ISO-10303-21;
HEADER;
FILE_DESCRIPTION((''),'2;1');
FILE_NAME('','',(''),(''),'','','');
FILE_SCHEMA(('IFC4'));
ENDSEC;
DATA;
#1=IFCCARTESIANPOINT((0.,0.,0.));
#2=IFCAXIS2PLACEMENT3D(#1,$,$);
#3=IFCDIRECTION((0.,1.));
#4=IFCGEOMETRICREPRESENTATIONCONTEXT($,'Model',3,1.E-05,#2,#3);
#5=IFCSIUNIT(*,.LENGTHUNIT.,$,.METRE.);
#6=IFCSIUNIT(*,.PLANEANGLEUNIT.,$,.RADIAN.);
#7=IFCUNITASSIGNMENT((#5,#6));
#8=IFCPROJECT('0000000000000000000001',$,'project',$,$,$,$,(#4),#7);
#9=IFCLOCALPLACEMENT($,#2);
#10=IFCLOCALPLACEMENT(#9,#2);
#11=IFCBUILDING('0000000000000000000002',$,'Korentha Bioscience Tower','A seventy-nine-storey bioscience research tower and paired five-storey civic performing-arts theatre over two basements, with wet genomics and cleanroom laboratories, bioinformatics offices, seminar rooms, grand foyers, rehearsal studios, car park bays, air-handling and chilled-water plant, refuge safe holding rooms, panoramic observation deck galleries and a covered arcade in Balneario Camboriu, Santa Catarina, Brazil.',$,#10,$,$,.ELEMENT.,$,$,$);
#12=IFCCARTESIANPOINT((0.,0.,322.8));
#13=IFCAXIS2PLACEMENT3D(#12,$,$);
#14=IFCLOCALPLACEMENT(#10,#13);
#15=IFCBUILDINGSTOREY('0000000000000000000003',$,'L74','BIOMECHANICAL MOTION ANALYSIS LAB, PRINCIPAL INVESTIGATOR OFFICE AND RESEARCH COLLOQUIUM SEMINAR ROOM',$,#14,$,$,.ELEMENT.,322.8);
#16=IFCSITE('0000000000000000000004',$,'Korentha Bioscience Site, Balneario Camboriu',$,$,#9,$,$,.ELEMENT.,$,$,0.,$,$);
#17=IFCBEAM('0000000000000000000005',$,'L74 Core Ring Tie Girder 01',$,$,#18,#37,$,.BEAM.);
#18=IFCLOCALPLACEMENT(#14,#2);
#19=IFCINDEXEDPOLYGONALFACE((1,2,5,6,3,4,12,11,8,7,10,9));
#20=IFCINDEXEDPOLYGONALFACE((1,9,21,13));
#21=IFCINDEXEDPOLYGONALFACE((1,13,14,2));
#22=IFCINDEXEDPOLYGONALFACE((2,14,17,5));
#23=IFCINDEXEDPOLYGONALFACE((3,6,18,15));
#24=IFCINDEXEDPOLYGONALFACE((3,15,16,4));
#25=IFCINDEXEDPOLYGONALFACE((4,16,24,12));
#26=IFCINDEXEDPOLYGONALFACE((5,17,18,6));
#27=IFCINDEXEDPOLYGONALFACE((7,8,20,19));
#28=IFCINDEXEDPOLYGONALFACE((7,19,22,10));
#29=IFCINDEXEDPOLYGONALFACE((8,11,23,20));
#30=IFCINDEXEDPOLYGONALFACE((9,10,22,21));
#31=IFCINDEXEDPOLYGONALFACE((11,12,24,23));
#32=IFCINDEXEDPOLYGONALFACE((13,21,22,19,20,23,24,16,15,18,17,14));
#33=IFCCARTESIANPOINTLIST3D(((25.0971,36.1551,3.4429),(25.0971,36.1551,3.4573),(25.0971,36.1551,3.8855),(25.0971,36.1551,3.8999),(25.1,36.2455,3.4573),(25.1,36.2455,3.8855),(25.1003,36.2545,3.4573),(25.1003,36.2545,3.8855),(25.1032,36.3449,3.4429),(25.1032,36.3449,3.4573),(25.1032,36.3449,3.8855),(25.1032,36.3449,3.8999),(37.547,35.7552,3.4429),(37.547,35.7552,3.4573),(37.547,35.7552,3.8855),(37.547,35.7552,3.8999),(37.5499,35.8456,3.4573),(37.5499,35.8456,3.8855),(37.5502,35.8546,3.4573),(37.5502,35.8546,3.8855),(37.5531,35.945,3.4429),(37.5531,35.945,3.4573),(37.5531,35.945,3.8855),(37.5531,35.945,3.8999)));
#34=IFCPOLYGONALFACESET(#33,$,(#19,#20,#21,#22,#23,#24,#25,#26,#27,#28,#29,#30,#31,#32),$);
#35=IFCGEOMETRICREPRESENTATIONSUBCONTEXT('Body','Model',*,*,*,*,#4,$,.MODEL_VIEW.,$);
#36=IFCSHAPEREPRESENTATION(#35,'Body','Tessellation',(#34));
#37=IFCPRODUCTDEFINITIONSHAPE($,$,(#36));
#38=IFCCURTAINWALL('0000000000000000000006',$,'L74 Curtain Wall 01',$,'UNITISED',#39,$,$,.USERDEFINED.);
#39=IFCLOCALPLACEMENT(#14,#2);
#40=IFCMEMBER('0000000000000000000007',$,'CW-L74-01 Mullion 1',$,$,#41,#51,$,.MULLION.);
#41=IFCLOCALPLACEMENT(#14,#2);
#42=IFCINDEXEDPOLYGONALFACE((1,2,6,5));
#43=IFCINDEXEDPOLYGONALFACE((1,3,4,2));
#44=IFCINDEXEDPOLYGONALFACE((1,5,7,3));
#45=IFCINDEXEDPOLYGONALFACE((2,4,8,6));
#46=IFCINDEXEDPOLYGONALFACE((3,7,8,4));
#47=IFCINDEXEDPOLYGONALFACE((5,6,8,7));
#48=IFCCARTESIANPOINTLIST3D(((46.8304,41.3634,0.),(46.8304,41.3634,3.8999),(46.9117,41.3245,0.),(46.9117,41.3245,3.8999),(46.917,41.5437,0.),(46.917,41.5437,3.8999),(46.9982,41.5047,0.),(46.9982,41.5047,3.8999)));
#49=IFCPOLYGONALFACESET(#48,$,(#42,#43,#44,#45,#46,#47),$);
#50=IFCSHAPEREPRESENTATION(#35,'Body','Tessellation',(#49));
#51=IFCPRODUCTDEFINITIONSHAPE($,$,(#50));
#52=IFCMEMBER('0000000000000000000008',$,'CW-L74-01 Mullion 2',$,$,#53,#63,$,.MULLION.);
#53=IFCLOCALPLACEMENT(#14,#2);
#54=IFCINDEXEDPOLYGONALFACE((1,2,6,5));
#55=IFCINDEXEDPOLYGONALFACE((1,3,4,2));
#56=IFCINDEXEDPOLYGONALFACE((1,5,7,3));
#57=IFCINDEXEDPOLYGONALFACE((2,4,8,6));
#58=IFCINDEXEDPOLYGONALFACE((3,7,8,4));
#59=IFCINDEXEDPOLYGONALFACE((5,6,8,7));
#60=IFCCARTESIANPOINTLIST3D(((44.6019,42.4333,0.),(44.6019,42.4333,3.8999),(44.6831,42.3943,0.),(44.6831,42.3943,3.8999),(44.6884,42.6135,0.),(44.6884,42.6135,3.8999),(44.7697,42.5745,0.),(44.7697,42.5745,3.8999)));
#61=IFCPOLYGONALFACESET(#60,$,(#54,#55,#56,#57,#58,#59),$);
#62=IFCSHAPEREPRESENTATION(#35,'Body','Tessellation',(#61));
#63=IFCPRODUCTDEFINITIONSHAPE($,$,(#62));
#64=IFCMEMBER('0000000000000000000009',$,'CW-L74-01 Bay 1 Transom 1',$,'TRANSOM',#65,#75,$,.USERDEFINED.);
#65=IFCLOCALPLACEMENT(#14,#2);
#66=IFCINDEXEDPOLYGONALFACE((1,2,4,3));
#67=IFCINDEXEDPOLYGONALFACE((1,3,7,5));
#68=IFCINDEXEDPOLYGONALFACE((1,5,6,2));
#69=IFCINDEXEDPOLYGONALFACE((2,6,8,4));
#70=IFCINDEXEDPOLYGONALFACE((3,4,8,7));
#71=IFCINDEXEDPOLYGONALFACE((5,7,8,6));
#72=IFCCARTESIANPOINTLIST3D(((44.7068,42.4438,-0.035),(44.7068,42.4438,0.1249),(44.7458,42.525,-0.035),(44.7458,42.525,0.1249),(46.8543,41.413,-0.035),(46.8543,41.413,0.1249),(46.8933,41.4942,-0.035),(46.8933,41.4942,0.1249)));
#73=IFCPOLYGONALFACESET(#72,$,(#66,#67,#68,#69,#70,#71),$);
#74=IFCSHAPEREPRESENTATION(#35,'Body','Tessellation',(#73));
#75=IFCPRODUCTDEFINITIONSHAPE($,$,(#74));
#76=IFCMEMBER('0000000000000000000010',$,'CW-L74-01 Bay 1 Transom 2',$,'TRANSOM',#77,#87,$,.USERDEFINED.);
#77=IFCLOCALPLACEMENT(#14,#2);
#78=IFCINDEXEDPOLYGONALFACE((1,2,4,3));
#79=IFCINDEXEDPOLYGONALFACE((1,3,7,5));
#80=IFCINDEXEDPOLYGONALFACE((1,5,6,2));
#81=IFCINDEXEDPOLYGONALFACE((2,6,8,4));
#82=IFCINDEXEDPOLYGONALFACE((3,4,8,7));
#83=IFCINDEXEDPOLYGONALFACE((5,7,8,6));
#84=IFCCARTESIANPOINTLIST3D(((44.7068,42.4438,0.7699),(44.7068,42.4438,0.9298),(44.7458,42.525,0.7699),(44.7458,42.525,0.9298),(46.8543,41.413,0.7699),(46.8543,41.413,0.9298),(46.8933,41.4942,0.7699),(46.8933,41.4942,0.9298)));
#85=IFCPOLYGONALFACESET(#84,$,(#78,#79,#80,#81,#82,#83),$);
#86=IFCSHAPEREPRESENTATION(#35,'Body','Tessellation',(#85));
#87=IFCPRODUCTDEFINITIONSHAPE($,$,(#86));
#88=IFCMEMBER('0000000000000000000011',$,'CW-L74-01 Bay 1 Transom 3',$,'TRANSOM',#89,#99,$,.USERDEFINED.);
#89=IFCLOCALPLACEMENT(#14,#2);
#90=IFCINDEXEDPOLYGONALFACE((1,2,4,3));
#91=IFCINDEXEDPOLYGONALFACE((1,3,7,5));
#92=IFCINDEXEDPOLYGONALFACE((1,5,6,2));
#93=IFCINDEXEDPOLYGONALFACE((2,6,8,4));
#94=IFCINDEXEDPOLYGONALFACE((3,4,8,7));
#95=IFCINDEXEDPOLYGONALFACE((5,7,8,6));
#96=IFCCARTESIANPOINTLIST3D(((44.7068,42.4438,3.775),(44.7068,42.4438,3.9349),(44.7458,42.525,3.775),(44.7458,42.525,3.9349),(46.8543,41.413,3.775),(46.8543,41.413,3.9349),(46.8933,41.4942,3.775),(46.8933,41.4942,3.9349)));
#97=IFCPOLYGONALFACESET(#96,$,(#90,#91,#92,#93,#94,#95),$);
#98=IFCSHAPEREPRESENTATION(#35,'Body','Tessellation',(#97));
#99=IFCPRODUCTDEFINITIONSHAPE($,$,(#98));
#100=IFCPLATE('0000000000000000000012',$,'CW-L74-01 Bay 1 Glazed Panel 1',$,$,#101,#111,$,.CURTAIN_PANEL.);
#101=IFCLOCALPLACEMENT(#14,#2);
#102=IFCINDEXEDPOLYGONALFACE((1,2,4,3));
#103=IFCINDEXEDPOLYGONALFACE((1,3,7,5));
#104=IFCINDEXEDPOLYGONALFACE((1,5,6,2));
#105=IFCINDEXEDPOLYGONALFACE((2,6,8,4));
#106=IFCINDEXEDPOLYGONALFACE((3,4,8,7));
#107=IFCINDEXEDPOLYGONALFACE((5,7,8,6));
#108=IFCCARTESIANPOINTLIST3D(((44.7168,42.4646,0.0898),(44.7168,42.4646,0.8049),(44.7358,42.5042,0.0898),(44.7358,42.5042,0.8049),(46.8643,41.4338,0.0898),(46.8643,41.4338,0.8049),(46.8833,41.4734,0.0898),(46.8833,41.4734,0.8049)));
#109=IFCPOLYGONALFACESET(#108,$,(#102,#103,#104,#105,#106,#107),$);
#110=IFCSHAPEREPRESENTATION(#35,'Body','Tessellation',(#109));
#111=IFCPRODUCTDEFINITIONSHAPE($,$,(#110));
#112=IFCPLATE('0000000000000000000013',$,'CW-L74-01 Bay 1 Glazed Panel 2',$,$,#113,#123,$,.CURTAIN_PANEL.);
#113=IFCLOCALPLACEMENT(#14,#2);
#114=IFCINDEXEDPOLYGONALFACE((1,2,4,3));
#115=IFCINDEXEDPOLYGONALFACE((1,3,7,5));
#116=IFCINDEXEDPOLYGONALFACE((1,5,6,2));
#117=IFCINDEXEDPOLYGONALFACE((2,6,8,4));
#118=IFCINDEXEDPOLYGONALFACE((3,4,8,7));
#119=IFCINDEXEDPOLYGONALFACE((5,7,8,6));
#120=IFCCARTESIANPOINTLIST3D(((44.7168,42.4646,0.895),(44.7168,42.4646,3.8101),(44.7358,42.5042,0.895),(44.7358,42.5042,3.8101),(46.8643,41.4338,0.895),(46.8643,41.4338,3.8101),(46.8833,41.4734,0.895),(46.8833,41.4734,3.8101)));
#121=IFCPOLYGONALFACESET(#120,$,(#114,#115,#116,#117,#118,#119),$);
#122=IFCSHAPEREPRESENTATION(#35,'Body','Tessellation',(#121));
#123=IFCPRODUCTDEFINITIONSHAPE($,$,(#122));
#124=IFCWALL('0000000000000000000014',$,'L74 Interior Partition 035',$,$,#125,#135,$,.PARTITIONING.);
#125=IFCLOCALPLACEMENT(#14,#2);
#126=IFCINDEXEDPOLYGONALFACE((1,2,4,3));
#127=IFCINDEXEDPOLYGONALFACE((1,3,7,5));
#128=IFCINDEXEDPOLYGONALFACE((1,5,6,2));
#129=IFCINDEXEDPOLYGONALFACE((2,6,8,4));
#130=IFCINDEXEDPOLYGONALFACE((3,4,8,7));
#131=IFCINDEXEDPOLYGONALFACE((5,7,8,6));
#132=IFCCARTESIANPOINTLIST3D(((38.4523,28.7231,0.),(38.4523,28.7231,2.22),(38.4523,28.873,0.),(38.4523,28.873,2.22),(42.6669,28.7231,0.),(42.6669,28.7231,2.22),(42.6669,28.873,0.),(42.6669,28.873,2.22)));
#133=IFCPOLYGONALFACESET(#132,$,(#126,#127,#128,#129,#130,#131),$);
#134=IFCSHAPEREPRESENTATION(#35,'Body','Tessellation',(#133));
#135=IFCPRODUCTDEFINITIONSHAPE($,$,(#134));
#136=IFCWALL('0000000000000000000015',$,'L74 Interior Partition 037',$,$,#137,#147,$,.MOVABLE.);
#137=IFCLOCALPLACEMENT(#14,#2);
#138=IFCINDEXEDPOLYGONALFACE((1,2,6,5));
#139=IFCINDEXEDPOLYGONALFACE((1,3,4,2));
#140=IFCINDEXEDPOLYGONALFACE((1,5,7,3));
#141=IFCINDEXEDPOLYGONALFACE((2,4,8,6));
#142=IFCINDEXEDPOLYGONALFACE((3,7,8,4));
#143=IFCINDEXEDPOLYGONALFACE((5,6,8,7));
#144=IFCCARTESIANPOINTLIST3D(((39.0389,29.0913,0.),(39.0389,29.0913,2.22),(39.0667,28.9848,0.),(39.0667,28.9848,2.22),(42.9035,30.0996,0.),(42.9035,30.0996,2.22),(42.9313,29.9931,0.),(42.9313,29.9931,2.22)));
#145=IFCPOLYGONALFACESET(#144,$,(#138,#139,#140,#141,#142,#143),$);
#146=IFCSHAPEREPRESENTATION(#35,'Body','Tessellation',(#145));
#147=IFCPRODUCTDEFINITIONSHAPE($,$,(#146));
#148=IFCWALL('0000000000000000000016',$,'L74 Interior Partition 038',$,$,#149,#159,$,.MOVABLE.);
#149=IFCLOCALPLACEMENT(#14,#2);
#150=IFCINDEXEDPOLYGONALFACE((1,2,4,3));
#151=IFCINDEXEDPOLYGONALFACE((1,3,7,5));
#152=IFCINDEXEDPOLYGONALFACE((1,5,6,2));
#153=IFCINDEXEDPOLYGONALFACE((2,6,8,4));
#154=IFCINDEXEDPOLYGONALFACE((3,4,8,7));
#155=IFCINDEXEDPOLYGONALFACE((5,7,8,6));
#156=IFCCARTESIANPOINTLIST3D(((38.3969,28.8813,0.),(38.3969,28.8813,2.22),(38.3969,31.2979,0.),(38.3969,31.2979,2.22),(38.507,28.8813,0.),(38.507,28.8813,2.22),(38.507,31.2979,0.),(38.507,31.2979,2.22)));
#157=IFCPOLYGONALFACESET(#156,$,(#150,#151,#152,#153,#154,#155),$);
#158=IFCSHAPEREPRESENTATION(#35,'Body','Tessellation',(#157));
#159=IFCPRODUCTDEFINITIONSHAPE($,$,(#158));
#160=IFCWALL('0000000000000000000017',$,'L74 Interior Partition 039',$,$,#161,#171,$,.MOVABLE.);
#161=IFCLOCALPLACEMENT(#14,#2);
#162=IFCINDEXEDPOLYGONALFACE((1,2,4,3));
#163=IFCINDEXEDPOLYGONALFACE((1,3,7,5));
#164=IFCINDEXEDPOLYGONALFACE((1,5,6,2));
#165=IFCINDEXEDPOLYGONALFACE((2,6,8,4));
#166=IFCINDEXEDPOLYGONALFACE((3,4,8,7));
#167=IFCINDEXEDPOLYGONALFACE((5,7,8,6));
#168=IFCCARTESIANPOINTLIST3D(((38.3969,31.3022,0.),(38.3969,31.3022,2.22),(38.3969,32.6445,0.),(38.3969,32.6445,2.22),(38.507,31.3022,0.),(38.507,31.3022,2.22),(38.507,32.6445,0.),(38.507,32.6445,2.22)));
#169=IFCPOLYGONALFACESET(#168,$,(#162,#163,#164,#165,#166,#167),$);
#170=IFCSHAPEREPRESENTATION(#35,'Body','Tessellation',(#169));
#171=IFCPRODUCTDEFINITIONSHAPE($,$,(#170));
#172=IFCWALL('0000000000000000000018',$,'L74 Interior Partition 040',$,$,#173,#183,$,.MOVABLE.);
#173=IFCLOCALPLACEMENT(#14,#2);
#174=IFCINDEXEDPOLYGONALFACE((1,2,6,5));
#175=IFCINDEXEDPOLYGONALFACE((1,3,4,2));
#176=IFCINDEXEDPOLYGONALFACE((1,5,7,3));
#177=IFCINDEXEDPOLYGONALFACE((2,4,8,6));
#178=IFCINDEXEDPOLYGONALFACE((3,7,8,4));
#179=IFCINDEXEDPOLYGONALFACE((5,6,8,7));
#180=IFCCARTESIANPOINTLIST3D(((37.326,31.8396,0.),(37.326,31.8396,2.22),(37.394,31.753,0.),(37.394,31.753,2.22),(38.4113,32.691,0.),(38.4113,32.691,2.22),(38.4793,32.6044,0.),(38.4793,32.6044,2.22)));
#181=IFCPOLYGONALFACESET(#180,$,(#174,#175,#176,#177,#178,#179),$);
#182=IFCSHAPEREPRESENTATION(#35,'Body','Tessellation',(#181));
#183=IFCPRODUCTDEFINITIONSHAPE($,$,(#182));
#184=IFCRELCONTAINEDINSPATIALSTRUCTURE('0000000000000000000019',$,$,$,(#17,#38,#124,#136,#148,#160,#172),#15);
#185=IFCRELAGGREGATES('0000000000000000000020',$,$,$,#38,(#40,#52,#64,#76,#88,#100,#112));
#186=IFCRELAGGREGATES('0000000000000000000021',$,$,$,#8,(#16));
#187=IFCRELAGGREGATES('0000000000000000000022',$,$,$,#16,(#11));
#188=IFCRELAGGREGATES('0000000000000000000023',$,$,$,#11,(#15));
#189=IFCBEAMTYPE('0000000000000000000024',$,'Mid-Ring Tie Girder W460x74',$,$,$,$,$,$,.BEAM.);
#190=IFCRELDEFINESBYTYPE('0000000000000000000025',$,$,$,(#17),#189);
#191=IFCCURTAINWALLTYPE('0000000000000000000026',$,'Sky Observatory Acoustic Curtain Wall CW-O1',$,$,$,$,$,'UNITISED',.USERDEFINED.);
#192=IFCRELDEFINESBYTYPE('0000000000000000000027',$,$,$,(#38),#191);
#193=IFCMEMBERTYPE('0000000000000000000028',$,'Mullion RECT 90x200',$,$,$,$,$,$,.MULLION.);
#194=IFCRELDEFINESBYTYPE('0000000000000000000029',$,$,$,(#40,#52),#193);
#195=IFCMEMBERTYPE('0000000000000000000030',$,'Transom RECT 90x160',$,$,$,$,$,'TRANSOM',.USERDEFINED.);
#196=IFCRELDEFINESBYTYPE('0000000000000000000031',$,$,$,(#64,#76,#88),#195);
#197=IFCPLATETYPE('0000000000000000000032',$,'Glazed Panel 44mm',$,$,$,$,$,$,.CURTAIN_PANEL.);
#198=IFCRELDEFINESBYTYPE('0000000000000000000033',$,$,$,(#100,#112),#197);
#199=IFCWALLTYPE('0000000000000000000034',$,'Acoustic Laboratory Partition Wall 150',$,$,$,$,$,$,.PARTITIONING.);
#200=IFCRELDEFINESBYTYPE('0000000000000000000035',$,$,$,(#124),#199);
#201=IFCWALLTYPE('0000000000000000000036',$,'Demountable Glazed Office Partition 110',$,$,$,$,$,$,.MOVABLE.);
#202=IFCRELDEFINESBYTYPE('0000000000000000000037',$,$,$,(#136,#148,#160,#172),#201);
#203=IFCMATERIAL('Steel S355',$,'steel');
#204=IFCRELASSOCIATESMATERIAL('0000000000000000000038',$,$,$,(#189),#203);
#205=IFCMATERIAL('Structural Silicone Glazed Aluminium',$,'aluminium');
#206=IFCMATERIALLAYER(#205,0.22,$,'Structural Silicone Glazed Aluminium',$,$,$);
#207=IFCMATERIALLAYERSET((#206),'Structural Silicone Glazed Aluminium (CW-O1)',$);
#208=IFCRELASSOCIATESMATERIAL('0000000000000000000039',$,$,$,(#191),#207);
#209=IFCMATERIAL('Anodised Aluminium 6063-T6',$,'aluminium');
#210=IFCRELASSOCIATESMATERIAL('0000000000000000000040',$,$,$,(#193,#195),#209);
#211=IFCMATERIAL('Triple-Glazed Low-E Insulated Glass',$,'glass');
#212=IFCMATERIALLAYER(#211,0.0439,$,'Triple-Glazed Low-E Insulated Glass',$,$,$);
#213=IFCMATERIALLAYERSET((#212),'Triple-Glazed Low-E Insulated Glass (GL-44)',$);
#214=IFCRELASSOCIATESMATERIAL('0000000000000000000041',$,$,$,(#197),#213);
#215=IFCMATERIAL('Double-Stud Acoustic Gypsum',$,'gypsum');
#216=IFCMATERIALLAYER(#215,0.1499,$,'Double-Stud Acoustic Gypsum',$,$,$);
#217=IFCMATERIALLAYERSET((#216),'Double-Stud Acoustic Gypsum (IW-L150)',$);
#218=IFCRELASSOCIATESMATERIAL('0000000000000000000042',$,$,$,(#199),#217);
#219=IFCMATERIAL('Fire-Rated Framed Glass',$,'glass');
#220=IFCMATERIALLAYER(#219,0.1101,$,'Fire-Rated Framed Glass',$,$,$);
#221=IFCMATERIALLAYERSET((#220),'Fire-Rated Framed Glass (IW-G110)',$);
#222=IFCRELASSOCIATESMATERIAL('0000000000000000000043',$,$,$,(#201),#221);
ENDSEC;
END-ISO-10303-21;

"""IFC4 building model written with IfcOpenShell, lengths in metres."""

from ifc_helpers import new_model, si_unit, direction, frame, frame_2d, origin, origin_2d, place, context, subcontext, project, spatial, rectangle, i_section, extrude, material, layer, layer_set, material_profile, profile_set, type_object, element, aggregate, save


model = new_model("IFC4")

# Units and contexts
model_context = context("Model", 3, precision=1e-05, world=origin(), true_north=direction((0.0, 1.0)))
body_context = subcontext(model_context, "Body", "Model", "MODEL_VIEW")
ifc_project = project(units=[si_unit("LENGTHUNIT", "METRE"), si_unit("PLANEANGLEUNIT", "RADIAN")], contexts=[model_context])

# Site, building, storey
site_placement = place(None, origin())
site = spatial("IfcSite", under=ifc_project, at=site_placement, Name="Korentha Bioscience Site, Balneario Camboriu", CompositionType="ELEMENT", RefElevation=0.0)
building_placement = place(site_placement, origin())
building = spatial("IfcBuilding", under=site, at=building_placement, Name="Korentha Bioscience Tower", Description="A seventy-nine-storey bioscience research tower and paired five-storey civic performing-arts theatre over two basements, with wet genomics and cleanroom laboratories, bioinformatics offices, seminar rooms, grand foyers, rehearsal studios, car park bays, air-handling and chilled-water plant, refuge safe holding rooms, panoramic observation deck galleries and a covered arcade in Balneario Camboriu, Santa Catarina, Brazil.", CompositionType="ELEMENT")
storey_placement = place(building_placement, frame((0.0, 0.0, 322.8)))
storey = spatial("IfcBuildingStorey", under=building, at=storey_placement, Name="L74", Description="BIOMECHANICAL MOTION ANALYSIS LAB, PRINCIPAL INVESTIGATOR OFFICE AND RESEARCH COLLOQUIUM SEMINAR ROOM", CompositionType="ELEMENT", Elevation=322.8)

# Beam
ifc_material_1 = material(Name="Steel S355", Category="steel")
ifc_material_profile_1 = material_profile(ifc_material_1, i_section(OverallWidth=0.1899, OverallDepth=0.457, WebThickness=0.009, FlangeThickness=0.0144, at=origin_2d()), Name="Steel S355")
ifc_profile_set_1 = profile_set([ifc_material_profile_1], Name="Steel S355 (MB-460)")
beam_type_1 = type_object("IfcBeamType", Name="Mid-Ring Tie Girder W460x74", PredefinedType="BEAM", material=ifc_profile_set_1)
beam_1_placement = place(storey_placement, frame((37.55, 35.8501, 3.6714), z_axis=(-0.999485, 0.032104, 0.0), x_axis=(-0.032104, -0.999485, 0.0)))
element("IfcBeam", 1, at=beam_1_placement, inside=storey, type_object=beam_type_1, Name="L74 Core Ring Tie Girder 01", PredefinedType="BEAM", context=body_context, shape_type="SweptSolid", body=[
    extrude(i_section(OverallWidth=0.1899, OverallDepth=0.457, WebThickness=0.009, FlangeThickness=0.0144, at=origin_2d()), origin(), (0.0, 0.0, 1.0), 12.4563),
])

# Curtain wall, members, plates
ifc_material_2 = material(Name="Structural Silicone Glazed Aluminium", Category="aluminium")
ifc_layer_1 = layer(ifc_material_2, 0.22, Name="Structural Silicone Glazed Aluminium")
ifc_layer_set_1 = layer_set([ifc_layer_1], Name="Structural Silicone Glazed Aluminium (CW-O1)")
curtain_wall_type = type_object("IfcCurtainWallType", Name="Sky Observatory Acoustic Curtain Wall CW-O1", ElementType="UNITISED", PredefinedType="USERDEFINED", material=ifc_layer_set_1)
curtain_wall_placement = place(storey_placement, origin())
curtain_wall = element("IfcCurtainWall", 2, at=curtain_wall_placement, inside=storey, type_object=curtain_wall_type, Name="L74 Curtain Wall 01", ObjectType="UNITISED", PredefinedType="USERDEFINED")
ifc_material_3 = material(Name="Anodised Aluminium 6063-T6", Category="aluminium")
ifc_material_profile_2 = material_profile(ifc_material_3, rectangle(XDim=0.0901, YDim=0.2, at=origin_2d()), Name="Anodised Aluminium 6063-T6")
ifc_profile_set_2 = profile_set([ifc_material_profile_2], Name="Anodised Aluminium 6063-T6 (CW-MUL)")
member_type_1 = type_object("IfcMemberType", Name="Mullion RECT 90x200", PredefinedType="MULLION", material=ifc_profile_set_2)
member_1_placement = place(storey_placement, frame((46.9143, 41.4341, 0.0), z_axis=(0.0, 0.0, 1.0), x_axis=(-0.901524, 0.43273, 0.0)))
member_1 = element("IfcMember", 3, at=member_1_placement, type_object=member_type_1, Name="CW-L74-01 Mullion 1", PredefinedType="MULLION", context=body_context, shape_type="SweptSolid", body=[
    extrude(rectangle(XDim=0.0901, YDim=0.2, at=origin_2d()), origin(), (0.0, 0.0, 1.0), 3.8999),
])
member_2_placement = place(storey_placement, frame((44.6858, 42.5039, 0.0), z_axis=(0.0, 0.0, 1.0), x_axis=(-0.901524, 0.43273, 0.0)))
member_2 = element("IfcMember", 4, at=member_2_placement, type_object=member_type_1, Name="CW-L74-01 Mullion 2", PredefinedType="MULLION", context=body_context, shape_type="SweptSolid", body=[
    extrude(rectangle(XDim=0.0901, YDim=0.2, at=origin_2d()), origin(), (0.0, 0.0, 1.0), 3.8999),
])
ifc_material_profile_3 = material_profile(ifc_material_3, rectangle(XDim=0.0901, YDim=0.1599, at=origin_2d()), Name="Anodised Aluminium 6063-T6")
ifc_profile_set_3 = profile_set([ifc_material_profile_3], Name="Anodised Aluminium 6063-T6 (CW-TRN)")
member_type_2 = type_object("IfcMemberType", Name="Transom RECT 90x160", ElementType="TRANSOM", PredefinedType="USERDEFINED", material=ifc_profile_set_3)
member_3_placement = place(storey_placement, frame((46.8738, 41.4536, 0.0449), z_axis=(-0.901526, 0.432724, 0.0), x_axis=(-0.432724, -0.901526, 0.0)))
member_3 = element("IfcMember", 5, at=member_3_placement, type_object=member_type_2, Name="CW-L74-01 Bay 1 Transom 1", ObjectType="TRANSOM", PredefinedType="USERDEFINED", context=body_context, shape_type="SweptSolid", body=[
    extrude(rectangle(XDim=0.0901, YDim=0.1599, at=origin_2d()), origin(), (0.0, 0.0, 1.0), 2.3821),
])
member_4_placement = place(storey_placement, frame((46.8738, 41.4536, 0.8499), z_axis=(-0.901526, 0.432724, 0.0), x_axis=(-0.432724, -0.901526, 0.0)))
member_4 = element("IfcMember", 6, at=member_4_placement, type_object=member_type_2, Name="CW-L74-01 Bay 1 Transom 2", ObjectType="TRANSOM", PredefinedType="USERDEFINED", context=body_context, shape_type="SweptSolid", body=[
    extrude(rectangle(XDim=0.0901, YDim=0.1599, at=origin_2d()), origin(), (0.0, 0.0, 1.0), 2.3821),
])
member_5_placement = place(storey_placement, frame((46.8738, 41.4536, 3.855), z_axis=(-0.901526, 0.432724, 0.0), x_axis=(-0.432724, -0.901526, 0.0)))
member_5 = element("IfcMember", 7, at=member_5_placement, type_object=member_type_2, Name="CW-L74-01 Bay 1 Transom 3", ObjectType="TRANSOM", PredefinedType="USERDEFINED", context=body_context, shape_type="SweptSolid", body=[
    extrude(rectangle(XDim=0.0901, YDim=0.1599, at=origin_2d()), origin(), (0.0, 0.0, 1.0), 2.3821),
])
ifc_material_4 = material(Name="Triple-Glazed Low-E Insulated Glass", Category="glass")
ifc_layer_2 = layer(ifc_material_4, 0.0439, Name="Triple-Glazed Low-E Insulated Glass")
ifc_layer_set_2 = layer_set([ifc_layer_2], Name="Triple-Glazed Low-E Insulated Glass (GL-44)")
plate_type = type_object("IfcPlateType", Name="Glazed Panel 44mm", PredefinedType="CURTAIN_PANEL", material=ifc_layer_set_2)
plate_1_placement = place(storey_placement, frame((45.8, 41.969, 0.0898), z_axis=(0.0, 0.0, 1.0), x_axis=(-0.901524, 0.43273, 0.0)))
plate_1 = element("IfcPlate", 8, at=plate_1_placement, type_object=plate_type, Name="CW-L74-01 Bay 1 Glazed Panel 1", PredefinedType="CURTAIN_PANEL", context=body_context, shape_type="SweptSolid", body=[
    extrude(rectangle(XDim=2.3821, YDim=0.0439, at=origin_2d()), origin(), (0.0, 0.0, 1.0), 0.7151),
])
plate_2_placement = place(storey_placement, frame((45.8, 41.969, 0.895), z_axis=(0.0, 0.0, 1.0), x_axis=(-0.901524, 0.43273, 0.0)))
plate_2 = element("IfcPlate", 9, at=plate_2_placement, type_object=plate_type, Name="CW-L74-01 Bay 1 Glazed Panel 2", PredefinedType="CURTAIN_PANEL", context=body_context, shape_type="SweptSolid", body=[
    extrude(rectangle(XDim=2.3821, YDim=0.0439, at=origin_2d()), origin(), (0.0, 0.0, 1.0), 2.915),
])
aggregate(curtain_wall, [member_1, member_2, member_3, member_4, member_5, plate_1, plate_2])

# Walls
ifc_material_5 = material(Name="Double-Stud Acoustic Gypsum", Category="gypsum")
ifc_layer_3 = layer(ifc_material_5, 0.1499, Name="Double-Stud Acoustic Gypsum")
ifc_layer_set_3 = layer_set([ifc_layer_3], Name="Double-Stud Acoustic Gypsum (IW-L150)")
wall_type_1 = type_object("IfcWallType", Name="Acoustic Laboratory Partition Wall 150", PredefinedType="PARTITIONING", material=ifc_layer_set_3)
wall_1_placement = place(storey_placement, frame((38.4521, 28.7981, 0.0), z_axis=(0.0, 0.0, 1.0), x_axis=(1.0, 0.0, 0.0)))
element("IfcWall", 10, at=wall_1_placement, inside=storey, type_object=wall_type_1, Name="L74 Interior Partition 035", PredefinedType="PARTITIONING", context=body_context, shape_type="SweptSolid", body=[
    extrude(rectangle(XDim=4.2146, YDim=0.1499, at=frame_2d((2.1074, 0.0))), origin(), (0.0, 0.0, 1.0), 2.22),
])
ifc_material_6 = material(Name="Fire-Rated Framed Glass", Category="glass")
ifc_layer_4 = layer(ifc_material_6, 0.1101, Name="Fire-Rated Framed Glass")
ifc_layer_set_4 = layer_set([ifc_layer_4], Name="Fire-Rated Framed Glass (IW-G110)")
wall_type_2 = type_object("IfcWallType", Name="Demountable Glazed Office Partition 110", PredefinedType="MOVABLE", material=ifc_layer_set_4)
wall_2_placement = place(storey_placement, frame((42.9175, 30.0464, 0.0), z_axis=(0.0, 0.0, 1.0), x_axis=(-0.967607, -0.252462, 0.0)))
element("IfcWall", 11, at=wall_2_placement, inside=storey, type_object=wall_type_2, Name="L74 Interior Partition 037", PredefinedType="MOVABLE", context=body_context, shape_type="SweptSolid", body=[
    extrude(rectangle(XDim=3.9939, YDim=0.1101, at=frame_2d((1.9971, 0.0))), origin(), (0.0, 0.0, 1.0), 2.22),
])
wall_3_placement = place(storey_placement, frame((38.4519, 28.8813, 0.0), z_axis=(0.0, 0.0, 1.0), x_axis=(0.0, 1.0, 0.0)))
element("IfcWall", 12, at=wall_3_placement, inside=storey, type_object=wall_type_2, Name="L74 Interior Partition 038", PredefinedType="MOVABLE", context=body_context, shape_type="SweptSolid", body=[
    extrude(rectangle(XDim=2.4165, YDim=0.1101, at=frame_2d((1.2083, 0.0))), origin(), (0.0, 0.0, 1.0), 2.22),
])
wall_4_placement = place(storey_placement, frame((38.4519, 31.3022, 0.0), z_axis=(0.0, 0.0, 1.0), x_axis=(0.0, 1.0, 0.0)))
element("IfcWall", 13, at=wall_4_placement, inside=storey, type_object=wall_type_2, Name="L74 Interior Partition 039", PredefinedType="MOVABLE", context=body_context, shape_type="SweptSolid", body=[
    extrude(rectangle(XDim=1.3423, YDim=0.1101, at=frame_2d((0.6711, 0.0))), origin(), (0.0, 0.0, 1.0), 2.22),
])
wall_5_placement = place(storey_placement, frame((38.4453, 32.6477, 0.0), z_axis=(0.0, 0.0, 1.0), x_axis=(-0.786791, -0.617219, 0.0)))
element("IfcWall", 14, at=wall_5_placement, inside=storey, type_object=wall_type_2, Name="L74 Interior Partition 040", PredefinedType="MOVABLE", context=body_context, shape_type="SweptSolid", body=[
    extrude(rectangle(XDim=1.3794, YDim=0.1101, at=frame_2d((0.6897, 0.0))), origin(), (0.0, 0.0, 1.0), 2.22),
])

save(model, "model.ifc")
